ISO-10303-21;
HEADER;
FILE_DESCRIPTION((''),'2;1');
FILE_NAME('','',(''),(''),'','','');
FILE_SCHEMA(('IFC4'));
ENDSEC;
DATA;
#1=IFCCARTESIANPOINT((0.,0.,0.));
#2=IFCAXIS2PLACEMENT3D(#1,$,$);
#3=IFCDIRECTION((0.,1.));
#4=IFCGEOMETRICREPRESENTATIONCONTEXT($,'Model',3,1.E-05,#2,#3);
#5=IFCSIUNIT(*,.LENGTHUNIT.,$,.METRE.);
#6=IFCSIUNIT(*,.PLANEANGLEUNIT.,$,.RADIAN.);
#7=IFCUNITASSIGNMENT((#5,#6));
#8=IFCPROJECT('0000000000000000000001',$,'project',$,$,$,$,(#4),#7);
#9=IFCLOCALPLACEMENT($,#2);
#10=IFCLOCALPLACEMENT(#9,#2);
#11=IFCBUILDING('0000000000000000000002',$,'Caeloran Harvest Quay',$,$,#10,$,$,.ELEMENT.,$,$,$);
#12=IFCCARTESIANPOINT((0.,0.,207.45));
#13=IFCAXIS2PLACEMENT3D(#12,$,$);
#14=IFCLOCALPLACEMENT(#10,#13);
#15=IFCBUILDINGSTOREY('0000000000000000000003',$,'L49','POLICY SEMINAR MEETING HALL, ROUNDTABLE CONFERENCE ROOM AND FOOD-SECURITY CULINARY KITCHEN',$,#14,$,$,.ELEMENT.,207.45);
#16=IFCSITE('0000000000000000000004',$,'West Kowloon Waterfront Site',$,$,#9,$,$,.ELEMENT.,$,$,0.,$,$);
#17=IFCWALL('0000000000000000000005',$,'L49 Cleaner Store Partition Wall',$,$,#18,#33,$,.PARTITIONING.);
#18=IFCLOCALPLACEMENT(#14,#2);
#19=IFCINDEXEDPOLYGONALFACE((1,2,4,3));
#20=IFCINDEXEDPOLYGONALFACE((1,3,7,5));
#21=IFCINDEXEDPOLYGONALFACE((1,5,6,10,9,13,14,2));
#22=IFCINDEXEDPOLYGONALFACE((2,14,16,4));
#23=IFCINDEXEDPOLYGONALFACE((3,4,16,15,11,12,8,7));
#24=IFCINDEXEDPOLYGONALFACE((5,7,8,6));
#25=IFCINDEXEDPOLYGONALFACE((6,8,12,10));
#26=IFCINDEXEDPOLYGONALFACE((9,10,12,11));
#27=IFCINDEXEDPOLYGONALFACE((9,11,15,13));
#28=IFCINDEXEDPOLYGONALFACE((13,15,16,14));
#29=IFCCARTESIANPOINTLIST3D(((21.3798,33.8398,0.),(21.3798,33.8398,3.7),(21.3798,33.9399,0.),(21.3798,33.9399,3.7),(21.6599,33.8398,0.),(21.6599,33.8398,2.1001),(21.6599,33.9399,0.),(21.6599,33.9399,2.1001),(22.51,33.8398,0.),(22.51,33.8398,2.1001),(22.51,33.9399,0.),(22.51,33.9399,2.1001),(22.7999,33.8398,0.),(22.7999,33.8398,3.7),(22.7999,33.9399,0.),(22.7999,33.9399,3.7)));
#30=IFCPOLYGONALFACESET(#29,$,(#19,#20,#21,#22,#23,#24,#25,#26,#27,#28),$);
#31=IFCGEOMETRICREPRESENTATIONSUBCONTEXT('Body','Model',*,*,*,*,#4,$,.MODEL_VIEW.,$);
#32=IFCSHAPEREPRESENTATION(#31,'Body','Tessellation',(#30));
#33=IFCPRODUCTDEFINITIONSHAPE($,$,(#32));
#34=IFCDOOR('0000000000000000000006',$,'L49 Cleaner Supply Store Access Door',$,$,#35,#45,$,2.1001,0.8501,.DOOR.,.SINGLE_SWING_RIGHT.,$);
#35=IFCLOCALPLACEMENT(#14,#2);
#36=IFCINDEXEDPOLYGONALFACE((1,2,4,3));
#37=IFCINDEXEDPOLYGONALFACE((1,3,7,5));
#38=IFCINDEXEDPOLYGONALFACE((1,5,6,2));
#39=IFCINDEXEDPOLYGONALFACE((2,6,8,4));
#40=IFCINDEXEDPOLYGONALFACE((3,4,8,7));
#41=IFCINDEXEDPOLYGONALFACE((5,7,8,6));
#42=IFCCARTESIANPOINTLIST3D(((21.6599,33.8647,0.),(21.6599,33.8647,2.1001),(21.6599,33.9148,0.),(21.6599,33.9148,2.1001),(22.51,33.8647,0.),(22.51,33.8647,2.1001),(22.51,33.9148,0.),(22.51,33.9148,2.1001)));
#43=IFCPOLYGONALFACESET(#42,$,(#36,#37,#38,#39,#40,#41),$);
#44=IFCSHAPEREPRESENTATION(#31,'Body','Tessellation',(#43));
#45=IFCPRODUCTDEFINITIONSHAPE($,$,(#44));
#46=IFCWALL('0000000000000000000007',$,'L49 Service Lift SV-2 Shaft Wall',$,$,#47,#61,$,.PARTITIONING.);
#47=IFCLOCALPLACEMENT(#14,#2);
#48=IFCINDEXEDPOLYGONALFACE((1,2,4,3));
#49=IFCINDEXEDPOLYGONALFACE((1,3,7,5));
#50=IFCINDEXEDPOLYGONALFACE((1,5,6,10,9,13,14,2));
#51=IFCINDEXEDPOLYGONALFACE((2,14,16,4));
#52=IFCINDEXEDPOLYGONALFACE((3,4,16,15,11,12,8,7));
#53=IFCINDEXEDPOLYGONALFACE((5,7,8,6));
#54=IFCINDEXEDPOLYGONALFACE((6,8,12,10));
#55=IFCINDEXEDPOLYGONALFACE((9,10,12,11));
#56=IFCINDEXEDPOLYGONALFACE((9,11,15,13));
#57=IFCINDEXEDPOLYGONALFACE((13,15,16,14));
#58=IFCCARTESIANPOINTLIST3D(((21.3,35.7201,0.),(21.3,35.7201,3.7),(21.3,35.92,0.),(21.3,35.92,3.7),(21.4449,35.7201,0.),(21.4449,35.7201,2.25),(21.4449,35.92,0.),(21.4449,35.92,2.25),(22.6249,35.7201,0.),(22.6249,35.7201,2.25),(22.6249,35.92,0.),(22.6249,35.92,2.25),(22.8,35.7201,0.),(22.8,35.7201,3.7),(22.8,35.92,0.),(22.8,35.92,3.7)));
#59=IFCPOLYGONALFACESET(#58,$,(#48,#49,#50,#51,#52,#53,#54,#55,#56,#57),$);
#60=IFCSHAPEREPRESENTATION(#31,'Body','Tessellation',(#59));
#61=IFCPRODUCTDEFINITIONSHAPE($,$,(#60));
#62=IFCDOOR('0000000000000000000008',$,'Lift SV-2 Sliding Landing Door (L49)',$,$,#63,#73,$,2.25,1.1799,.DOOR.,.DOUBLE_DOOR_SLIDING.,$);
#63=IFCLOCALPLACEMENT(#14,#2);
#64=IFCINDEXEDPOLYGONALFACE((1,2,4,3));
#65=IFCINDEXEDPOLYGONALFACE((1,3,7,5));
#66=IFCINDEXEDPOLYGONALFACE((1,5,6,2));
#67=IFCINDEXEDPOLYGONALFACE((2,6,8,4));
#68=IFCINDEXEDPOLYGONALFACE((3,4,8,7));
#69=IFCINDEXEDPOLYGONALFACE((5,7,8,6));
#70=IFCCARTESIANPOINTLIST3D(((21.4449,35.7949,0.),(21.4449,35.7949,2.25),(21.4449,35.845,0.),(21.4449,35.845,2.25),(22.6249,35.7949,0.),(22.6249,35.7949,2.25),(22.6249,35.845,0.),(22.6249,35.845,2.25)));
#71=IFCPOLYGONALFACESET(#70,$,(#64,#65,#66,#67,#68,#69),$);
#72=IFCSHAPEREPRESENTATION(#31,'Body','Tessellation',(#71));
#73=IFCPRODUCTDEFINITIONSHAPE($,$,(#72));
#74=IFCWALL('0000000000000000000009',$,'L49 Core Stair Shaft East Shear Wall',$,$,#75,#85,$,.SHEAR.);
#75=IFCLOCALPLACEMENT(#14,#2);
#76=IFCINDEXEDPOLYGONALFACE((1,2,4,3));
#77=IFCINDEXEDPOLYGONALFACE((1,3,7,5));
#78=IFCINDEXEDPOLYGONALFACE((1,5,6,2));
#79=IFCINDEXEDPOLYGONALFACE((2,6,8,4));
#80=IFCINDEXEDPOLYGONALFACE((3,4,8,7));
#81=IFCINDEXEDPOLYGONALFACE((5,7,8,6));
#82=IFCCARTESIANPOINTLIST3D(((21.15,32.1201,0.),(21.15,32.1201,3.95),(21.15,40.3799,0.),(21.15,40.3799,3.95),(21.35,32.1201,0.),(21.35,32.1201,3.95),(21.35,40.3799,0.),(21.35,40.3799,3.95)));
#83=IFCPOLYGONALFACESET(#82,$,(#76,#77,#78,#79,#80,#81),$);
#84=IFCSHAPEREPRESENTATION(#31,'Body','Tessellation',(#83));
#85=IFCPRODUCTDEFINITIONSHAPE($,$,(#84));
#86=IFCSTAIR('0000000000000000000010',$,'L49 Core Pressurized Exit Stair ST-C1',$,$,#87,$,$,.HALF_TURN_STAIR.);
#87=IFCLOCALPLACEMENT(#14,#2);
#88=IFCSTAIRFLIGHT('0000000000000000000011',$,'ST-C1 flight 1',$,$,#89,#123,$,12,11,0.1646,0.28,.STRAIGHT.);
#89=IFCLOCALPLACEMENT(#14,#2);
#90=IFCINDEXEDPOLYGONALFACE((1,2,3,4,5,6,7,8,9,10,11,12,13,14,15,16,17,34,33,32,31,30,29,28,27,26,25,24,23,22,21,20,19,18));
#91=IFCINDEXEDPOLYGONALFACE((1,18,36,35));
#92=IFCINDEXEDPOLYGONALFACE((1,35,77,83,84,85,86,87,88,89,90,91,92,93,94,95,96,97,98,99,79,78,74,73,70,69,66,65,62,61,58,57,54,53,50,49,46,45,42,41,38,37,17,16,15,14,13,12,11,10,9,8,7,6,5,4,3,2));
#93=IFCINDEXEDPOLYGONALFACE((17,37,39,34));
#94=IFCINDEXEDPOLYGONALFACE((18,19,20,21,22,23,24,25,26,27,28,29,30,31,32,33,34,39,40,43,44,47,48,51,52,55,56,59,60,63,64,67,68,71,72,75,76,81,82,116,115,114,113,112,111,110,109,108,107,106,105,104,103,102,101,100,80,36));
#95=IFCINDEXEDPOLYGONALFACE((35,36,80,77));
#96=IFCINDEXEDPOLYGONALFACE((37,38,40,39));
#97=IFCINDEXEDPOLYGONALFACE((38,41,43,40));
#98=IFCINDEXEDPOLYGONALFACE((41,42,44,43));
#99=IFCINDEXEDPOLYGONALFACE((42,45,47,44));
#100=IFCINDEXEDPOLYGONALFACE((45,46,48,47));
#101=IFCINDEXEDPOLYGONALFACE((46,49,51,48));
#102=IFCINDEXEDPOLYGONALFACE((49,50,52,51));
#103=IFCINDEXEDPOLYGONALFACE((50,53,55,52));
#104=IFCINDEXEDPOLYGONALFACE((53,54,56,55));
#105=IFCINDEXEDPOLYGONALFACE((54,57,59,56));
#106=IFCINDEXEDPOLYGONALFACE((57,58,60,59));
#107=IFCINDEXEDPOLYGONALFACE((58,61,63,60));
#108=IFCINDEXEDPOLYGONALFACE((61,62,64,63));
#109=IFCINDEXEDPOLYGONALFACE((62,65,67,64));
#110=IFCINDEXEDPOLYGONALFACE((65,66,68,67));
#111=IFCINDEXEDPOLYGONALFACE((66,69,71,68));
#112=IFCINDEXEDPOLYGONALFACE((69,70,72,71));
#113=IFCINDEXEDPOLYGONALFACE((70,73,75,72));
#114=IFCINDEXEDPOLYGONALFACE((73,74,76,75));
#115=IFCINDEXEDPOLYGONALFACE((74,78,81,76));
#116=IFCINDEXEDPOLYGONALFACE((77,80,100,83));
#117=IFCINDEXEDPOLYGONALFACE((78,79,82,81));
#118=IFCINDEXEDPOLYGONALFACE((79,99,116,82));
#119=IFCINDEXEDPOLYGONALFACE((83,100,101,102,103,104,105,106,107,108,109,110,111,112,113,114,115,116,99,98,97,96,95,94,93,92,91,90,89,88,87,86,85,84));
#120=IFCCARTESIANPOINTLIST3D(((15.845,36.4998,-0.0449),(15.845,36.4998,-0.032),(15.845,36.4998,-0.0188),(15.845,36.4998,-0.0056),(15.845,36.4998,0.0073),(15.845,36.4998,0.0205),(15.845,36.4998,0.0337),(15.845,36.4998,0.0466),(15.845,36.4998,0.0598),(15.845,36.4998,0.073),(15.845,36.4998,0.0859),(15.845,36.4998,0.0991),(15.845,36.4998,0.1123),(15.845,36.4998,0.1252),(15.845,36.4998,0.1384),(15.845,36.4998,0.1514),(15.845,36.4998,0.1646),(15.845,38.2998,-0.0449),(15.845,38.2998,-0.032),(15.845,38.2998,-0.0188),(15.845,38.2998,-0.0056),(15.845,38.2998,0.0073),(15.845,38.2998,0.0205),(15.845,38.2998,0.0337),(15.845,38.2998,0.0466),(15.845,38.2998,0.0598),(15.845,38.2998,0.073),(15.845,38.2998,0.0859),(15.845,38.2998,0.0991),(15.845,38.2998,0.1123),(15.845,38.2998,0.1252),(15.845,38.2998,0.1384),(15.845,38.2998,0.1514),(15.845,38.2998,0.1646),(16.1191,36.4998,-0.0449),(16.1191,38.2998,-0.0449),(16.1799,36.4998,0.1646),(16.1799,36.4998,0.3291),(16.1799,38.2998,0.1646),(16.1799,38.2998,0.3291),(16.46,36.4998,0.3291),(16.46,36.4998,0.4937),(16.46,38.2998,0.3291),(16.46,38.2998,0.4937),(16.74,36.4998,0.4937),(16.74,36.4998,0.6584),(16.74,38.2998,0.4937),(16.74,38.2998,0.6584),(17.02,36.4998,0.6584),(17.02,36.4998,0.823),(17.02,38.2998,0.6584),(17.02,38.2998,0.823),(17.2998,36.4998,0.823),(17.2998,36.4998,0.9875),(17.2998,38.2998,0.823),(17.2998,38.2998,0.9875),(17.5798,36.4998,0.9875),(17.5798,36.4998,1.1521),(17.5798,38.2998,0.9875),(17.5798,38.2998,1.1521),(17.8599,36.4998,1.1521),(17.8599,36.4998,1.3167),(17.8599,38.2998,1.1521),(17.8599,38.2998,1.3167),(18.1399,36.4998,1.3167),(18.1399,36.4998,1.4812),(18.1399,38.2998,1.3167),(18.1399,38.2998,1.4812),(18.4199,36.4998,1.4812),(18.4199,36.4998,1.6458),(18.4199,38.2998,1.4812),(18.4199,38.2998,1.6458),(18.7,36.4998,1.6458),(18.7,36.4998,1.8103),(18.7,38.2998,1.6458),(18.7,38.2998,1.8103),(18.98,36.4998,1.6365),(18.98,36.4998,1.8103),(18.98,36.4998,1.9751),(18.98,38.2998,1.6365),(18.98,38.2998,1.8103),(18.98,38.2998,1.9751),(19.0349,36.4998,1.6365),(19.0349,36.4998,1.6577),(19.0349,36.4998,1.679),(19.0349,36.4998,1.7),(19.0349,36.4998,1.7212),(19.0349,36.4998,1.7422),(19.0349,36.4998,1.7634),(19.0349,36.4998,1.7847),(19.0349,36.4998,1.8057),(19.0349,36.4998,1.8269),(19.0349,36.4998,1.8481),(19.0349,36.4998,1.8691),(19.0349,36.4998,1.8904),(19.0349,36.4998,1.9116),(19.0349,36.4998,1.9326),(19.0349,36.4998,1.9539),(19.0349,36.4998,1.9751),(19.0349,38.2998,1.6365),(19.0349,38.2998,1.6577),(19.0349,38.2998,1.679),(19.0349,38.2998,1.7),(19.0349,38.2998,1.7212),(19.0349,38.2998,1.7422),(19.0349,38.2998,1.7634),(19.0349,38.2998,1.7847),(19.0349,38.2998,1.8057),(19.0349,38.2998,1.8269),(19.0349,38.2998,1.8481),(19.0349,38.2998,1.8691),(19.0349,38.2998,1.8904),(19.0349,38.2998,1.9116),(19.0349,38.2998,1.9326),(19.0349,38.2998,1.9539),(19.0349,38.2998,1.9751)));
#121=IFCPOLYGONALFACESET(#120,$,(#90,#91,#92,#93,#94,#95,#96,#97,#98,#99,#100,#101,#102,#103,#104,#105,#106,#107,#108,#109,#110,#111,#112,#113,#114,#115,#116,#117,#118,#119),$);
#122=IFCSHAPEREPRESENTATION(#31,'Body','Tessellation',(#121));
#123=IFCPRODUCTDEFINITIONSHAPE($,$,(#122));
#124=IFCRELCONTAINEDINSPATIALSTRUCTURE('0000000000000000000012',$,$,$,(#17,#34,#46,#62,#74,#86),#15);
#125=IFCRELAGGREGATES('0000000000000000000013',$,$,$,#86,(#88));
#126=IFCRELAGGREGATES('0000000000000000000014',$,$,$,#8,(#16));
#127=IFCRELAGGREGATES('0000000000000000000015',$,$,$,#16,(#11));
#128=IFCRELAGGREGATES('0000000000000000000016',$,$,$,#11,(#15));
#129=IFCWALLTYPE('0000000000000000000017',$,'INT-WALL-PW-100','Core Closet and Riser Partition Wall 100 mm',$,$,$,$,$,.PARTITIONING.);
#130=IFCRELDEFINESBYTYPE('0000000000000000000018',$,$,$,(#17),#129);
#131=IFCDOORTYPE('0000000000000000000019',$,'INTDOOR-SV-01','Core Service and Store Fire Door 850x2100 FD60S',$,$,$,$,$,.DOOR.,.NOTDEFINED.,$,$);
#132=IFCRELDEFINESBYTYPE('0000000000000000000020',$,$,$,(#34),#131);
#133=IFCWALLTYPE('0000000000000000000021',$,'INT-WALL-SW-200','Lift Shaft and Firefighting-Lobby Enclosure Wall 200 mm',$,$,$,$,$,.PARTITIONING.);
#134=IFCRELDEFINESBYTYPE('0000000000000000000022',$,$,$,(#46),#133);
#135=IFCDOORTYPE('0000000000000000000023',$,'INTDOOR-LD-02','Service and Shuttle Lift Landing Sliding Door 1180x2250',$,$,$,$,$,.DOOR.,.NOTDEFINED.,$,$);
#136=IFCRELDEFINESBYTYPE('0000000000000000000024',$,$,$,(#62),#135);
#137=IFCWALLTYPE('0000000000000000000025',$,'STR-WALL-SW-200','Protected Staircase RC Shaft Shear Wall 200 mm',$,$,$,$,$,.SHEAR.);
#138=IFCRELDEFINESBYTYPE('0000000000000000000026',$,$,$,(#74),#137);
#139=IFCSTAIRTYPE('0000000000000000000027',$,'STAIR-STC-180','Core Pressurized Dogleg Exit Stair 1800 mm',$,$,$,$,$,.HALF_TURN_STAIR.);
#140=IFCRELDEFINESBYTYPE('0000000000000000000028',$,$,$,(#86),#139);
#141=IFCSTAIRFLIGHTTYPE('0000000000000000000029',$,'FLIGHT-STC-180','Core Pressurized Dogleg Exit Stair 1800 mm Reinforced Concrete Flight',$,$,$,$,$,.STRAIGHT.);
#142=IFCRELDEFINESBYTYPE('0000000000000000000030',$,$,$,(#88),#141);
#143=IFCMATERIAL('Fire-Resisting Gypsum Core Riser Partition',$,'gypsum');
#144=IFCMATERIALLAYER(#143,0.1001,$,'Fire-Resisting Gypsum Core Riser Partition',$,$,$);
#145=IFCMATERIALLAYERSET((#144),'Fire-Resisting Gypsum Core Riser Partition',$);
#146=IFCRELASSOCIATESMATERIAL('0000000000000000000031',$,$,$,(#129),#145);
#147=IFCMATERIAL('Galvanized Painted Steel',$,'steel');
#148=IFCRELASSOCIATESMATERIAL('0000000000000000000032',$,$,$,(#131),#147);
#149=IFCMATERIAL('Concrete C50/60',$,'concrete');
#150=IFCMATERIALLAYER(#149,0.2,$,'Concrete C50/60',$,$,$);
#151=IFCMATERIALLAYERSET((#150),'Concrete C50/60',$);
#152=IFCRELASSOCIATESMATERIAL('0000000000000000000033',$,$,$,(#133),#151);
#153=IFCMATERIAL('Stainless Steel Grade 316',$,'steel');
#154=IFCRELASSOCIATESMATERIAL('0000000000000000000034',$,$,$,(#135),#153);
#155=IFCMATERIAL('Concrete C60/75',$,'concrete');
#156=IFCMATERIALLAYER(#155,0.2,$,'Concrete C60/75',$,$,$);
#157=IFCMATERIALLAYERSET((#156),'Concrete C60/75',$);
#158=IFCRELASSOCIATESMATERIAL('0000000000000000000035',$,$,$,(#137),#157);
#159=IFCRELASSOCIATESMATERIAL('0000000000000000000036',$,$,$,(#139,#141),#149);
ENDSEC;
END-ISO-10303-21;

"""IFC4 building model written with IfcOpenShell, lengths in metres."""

from ifc_helpers import new_model, si_unit, direction, frame, frame_2d, origin, place, context, subcontext, project, spatial, polyline, rectangle, outline, extrude, material, layer, layer_set, type_object, element, fill, aggregate, save


model = new_model("IFC4")

# Units and contexts
model_context = context("Model", 3, precision=1e-05, world=origin(), true_north=direction((0.0, 1.0)))
body_context = subcontext(model_context, "Body", "Model", "MODEL_VIEW")
ifc_project = project(units=[si_unit("LENGTHUNIT", "METRE"), si_unit("PLANEANGLEUNIT", "RADIAN")], contexts=[model_context])

# Site, building, storey
site_placement = place(None, origin())
site = spatial("IfcSite", under=ifc_project, at=site_placement, Name="West Kowloon Waterfront Site", CompositionType="ELEMENT", RefElevation=0.0)
building_placement = place(site_placement, origin())
building = spatial("IfcBuilding", under=site, at=building_placement, Name="Caeloran Harvest Quay", CompositionType="ELEMENT")
storey_placement = place(building_placement, frame((0.0, 0.0, 207.45)))
storey = spatial("IfcBuildingStorey", under=building, at=storey_placement, Name="L49", Description="POLICY SEMINAR MEETING HALL, ROUNDTABLE CONFERENCE ROOM AND FOOD-SECURITY CULINARY KITCHEN", CompositionType="ELEMENT", Elevation=207.45)

# Walls, openings, doors
ifc_material_1 = material(Name="Fire-Resisting Gypsum Core Riser Partition", Category="gypsum")
ifc_layer_1 = layer(ifc_material_1, 0.1001, Name="Fire-Resisting Gypsum Core Riser Partition")
ifc_layer_set_1 = layer_set([ifc_layer_1], Name="Fire-Resisting Gypsum Core Riser Partition")
wall_type_1 = type_object("IfcWallType", Name="INT-WALL-PW-100", Description="Core Closet and Riser Partition Wall 100 mm", PredefinedType="PARTITIONING", material=ifc_layer_set_1)
wall_1_placement = place(storey_placement, frame((21.3799, 33.8899, 0.0), z_axis=(0.0, 0.0, 1.0), x_axis=(1.0, 0.0, 0.0)))
wall_1 = element("IfcWall", 1, at=wall_1_placement, inside=storey, type_object=wall_type_1, Name="L49 Cleaner Store Partition Wall", PredefinedType="PARTITIONING", context=body_context, shape_type="SweptSolid", body=[
    extrude(rectangle(XDim=1.4202, YDim=0.1001, at=frame_2d((0.71, 0.0))), origin(), (0.0, 0.0, 1.0), 3.7),
])
opening_1_placement = place(wall_1_placement, frame((0.28, 0.0, 0.0)))
opening_1 = element("IfcOpeningElement", 2, at=opening_1_placement, cuts=wall_1, PredefinedType="OPENING", context=body_context, shape_type="SweptSolid", body=[
    extrude(rectangle(XDim=0.8501, YDim=2.1001, at=frame_2d((0.425, 1.05))), frame((0.0, 0.0601, 0.0), z_axis=(0.0, -1.0, 0.0), x_axis=(1.0, 0.0, 0.0)), (0.0, 0.0, 1.0), 0.1201),
])
ifc_material_2 = material(Name="Galvanized Painted Steel", Category="steel")
door_type_1 = type_object("IfcDoorType", Name="INTDOOR-SV-01", Description="Core Service and Store Fire Door 850x2100 FD60S", OperationType="NOTDEFINED", PredefinedType="DOOR", material=ifc_material_2)
door_1_placement = place(opening_1_placement, origin())
door_1 = element("IfcDoor", 3, at=door_1_placement, inside=storey, type_object=door_type_1, Name="L49 Cleaner Supply Store Access Door", OperationType="SINGLE_SWING_RIGHT", OverallHeight=2.1001, OverallWidth=0.8501, PredefinedType="DOOR", context=body_context, shape_type="SweptSolid", body=[
    extrude(rectangle(XDim=0.8501, YDim=2.1001, at=frame_2d((0.425, 1.05))), frame((0.0, 0.0249, 0.0), z_axis=(0.0, -1.0, 0.0), x_axis=(1.0, 0.0, 0.0)), (0.0, 0.0, 1.0), 0.05),
])
fill(opening_1, door_1)
ifc_material_3 = material(Name="Concrete C50/60", Category="concrete")
ifc_layer_2 = layer(ifc_material_3, 0.2, Name="Concrete C50/60")
ifc_layer_set_2 = layer_set([ifc_layer_2], Name="Concrete C50/60")
wall_type_2 = type_object("IfcWallType", Name="INT-WALL-SW-200", Description="Lift Shaft and Firefighting-Lobby Enclosure Wall 200 mm", PredefinedType="PARTITIONING", material=ifc_layer_set_2)
wall_2_placement = place(storey_placement, frame((21.3, 35.8201, 0.0), z_axis=(0.0, 0.0, 1.0), x_axis=(1.0, 0.0, 0.0)))
wall_2 = element("IfcWall", 4, at=wall_2_placement, inside=storey, type_object=wall_type_2, Name="L49 Service Lift SV-2 Shaft Wall", PredefinedType="PARTITIONING", context=body_context, shape_type="SweptSolid", body=[
    extrude(rectangle(XDim=1.5, YDim=0.2, at=frame_2d((0.75, 0.0))), origin(), (0.0, 0.0, 1.0), 3.7),
])
opening_2_placement = place(wall_2_placement, frame((0.145, 0.0, 0.0)))
opening_2 = element("IfcOpeningElement", 5, at=opening_2_placement, cuts=wall_2, PredefinedType="OPENING", context=body_context, shape_type="SweptSolid", body=[
    extrude(rectangle(XDim=1.1799, YDim=2.25, at=frame_2d((0.5898, 1.125))), frame((0.0, 0.1099, 0.0), z_axis=(0.0, -1.0, 0.0), x_axis=(1.0, 0.0, 0.0)), (0.0, 0.0, 1.0), 0.22),
])
ifc_material_4 = material(Name="Stainless Steel Grade 316", Category="steel")
door_type_2 = type_object("IfcDoorType", Name="INTDOOR-LD-02", Description="Service and Shuttle Lift Landing Sliding Door 1180x2250", OperationType="NOTDEFINED", PredefinedType="DOOR", material=ifc_material_4)
door_2_placement = place(opening_2_placement, origin())
door_2 = element("IfcDoor", 6, at=door_2_placement, inside=storey, type_object=door_type_2, Name="Lift SV-2 Sliding Landing Door (L49)", OperationType="DOUBLE_DOOR_SLIDING", OverallHeight=2.25, OverallWidth=1.1799, PredefinedType="DOOR", context=body_context, shape_type="SweptSolid", body=[
    extrude(rectangle(XDim=1.1799, YDim=2.25, at=frame_2d((0.5898, 1.125))), frame((0.0, 0.0249, 0.0), z_axis=(0.0, -1.0, 0.0), x_axis=(1.0, 0.0, 0.0)), (0.0, 0.0, 1.0), 0.05),
])
fill(opening_2, door_2)

# Wall
ifc_material_5 = material(Name="Concrete C60/75", Category="concrete")
ifc_layer_3 = layer(ifc_material_5, 0.2, Name="Concrete C60/75")
ifc_layer_set_3 = layer_set([ifc_layer_3], Name="Concrete C60/75")
wall_type_3 = type_object("IfcWallType", Name="STR-WALL-SW-200", Description="Protected Staircase RC Shaft Shear Wall 200 mm", PredefinedType="SHEAR", material=ifc_layer_set_3)
wall_3_placement = place(storey_placement, frame((21.25, 32.1201, 0.0), z_axis=(0.0, 0.0, 1.0), x_axis=(0.0, 1.0, 0.0)))
element("IfcWall", 7, at=wall_3_placement, inside=storey, type_object=wall_type_3, Name="L49 Core Stair Shaft East Shear Wall", PredefinedType="SHEAR", context=body_context, shape_type="SweptSolid", body=[
    extrude(rectangle(XDim=8.2598, YDim=0.2, at=frame_2d((4.1299, 0.0))), origin(), (0.0, 0.0, 1.0), 3.95),
])

# Stair, stair flight
stair_type = type_object("IfcStairType", Name="STAIR-STC-180", Description="Core Pressurized Dogleg Exit Stair 1800 mm", PredefinedType="HALF_TURN_STAIR", material=ifc_material_3)
stair_1_placement = place(storey_placement, origin())
stair_1 = element("IfcStair", 8, at=stair_1_placement, inside=storey, type_object=stair_type, Name="L49 Core Pressurized Exit Stair ST-C1", PredefinedType="HALF_TURN_STAIR")
stair_flight_type = type_object("IfcStairFlightType", Name="FLIGHT-STC-180", Description="Core Pressurized Dogleg Exit Stair 1800 mm Reinforced Concrete Flight", PredefinedType="STRAIGHT", material=ifc_material_3)
stair_flight_1_placement = place(storey_placement, frame((15.8999, 37.3999, 0.0), z_axis=(0.0, 0.0, 1.0), x_axis=(1.0, 0.0, 0.0)))
stair_flight_1 = element("IfcStairFlight", 9, at=stair_flight_1_placement, type_object=stair_flight_type, Name="ST-C1 flight 1", NumberOfRisers=12, NumberOfTreads=11, PredefinedType="STRAIGHT", RiserHeight=0.1646, TreadLength=0.28, context=body_context, shape_type="SweptSolid", body=[
    extrude(outline(polyline([(-0.0549, -0.0449), (-0.0549, -0.032), (-0.0549, -0.0188), (-0.0549, -0.0056), (-0.0549, 0.0073), (-0.0549, 0.0205), (-0.0549, 0.0337), (-0.0549, 0.0466), (-0.0549, 0.0598), (-0.0549, 0.073), (-0.0549, 0.0859), (-0.0549, 0.0991), (-0.0549, 0.1123), (-0.0549, 0.1252), (-0.0549, 0.1384), (-0.0549, 0.1514), (-0.0549, 0.1646), (0.28, 0.1646), (0.28, 0.3291), (0.5601, 0.3291), (0.5601, 0.4937), (0.8401, 0.4937), (0.8401, 0.6584), (1.1201, 0.6584), (1.1201, 0.823), (1.3999, 0.823), (1.3999, 0.9875), (1.6799, 0.9875), (1.6799, 1.1521), (1.96, 1.1521), (1.96, 1.3167), (2.24, 1.3167), (2.24, 1.4812), (2.52, 1.4812), (2.52, 1.6458), (2.8, 1.6458), (2.8, 1.8103), (3.0801, 1.8103), (3.0801, 1.9751), (3.135, 1.9751), (3.135, 1.9539), (3.135, 1.9326), (3.135, 1.9116), (3.135, 1.8904), (3.135, 1.8691), (3.135, 1.8481), (3.135, 1.8269), (3.135, 1.8057), (3.135, 1.7847), (3.135, 1.7634), (3.135, 1.7422), (3.135, 1.7212), (3.135, 1.7), (3.135, 1.679), (3.135, 1.6577), (3.135, 1.6365), (3.0801, 1.6365), (0.2192, -0.0449), (-0.0549, -0.0449)])), frame((0.0, 0.8999, 0.0), z_axis=(0.0, -1.0, 0.0), x_axis=(1.0, 0.0, 0.0)), (0.0, 0.0, 1.0), 1.8),
])
aggregate(stair_1, [stair_flight_1])

save(model, "model.ifc")
